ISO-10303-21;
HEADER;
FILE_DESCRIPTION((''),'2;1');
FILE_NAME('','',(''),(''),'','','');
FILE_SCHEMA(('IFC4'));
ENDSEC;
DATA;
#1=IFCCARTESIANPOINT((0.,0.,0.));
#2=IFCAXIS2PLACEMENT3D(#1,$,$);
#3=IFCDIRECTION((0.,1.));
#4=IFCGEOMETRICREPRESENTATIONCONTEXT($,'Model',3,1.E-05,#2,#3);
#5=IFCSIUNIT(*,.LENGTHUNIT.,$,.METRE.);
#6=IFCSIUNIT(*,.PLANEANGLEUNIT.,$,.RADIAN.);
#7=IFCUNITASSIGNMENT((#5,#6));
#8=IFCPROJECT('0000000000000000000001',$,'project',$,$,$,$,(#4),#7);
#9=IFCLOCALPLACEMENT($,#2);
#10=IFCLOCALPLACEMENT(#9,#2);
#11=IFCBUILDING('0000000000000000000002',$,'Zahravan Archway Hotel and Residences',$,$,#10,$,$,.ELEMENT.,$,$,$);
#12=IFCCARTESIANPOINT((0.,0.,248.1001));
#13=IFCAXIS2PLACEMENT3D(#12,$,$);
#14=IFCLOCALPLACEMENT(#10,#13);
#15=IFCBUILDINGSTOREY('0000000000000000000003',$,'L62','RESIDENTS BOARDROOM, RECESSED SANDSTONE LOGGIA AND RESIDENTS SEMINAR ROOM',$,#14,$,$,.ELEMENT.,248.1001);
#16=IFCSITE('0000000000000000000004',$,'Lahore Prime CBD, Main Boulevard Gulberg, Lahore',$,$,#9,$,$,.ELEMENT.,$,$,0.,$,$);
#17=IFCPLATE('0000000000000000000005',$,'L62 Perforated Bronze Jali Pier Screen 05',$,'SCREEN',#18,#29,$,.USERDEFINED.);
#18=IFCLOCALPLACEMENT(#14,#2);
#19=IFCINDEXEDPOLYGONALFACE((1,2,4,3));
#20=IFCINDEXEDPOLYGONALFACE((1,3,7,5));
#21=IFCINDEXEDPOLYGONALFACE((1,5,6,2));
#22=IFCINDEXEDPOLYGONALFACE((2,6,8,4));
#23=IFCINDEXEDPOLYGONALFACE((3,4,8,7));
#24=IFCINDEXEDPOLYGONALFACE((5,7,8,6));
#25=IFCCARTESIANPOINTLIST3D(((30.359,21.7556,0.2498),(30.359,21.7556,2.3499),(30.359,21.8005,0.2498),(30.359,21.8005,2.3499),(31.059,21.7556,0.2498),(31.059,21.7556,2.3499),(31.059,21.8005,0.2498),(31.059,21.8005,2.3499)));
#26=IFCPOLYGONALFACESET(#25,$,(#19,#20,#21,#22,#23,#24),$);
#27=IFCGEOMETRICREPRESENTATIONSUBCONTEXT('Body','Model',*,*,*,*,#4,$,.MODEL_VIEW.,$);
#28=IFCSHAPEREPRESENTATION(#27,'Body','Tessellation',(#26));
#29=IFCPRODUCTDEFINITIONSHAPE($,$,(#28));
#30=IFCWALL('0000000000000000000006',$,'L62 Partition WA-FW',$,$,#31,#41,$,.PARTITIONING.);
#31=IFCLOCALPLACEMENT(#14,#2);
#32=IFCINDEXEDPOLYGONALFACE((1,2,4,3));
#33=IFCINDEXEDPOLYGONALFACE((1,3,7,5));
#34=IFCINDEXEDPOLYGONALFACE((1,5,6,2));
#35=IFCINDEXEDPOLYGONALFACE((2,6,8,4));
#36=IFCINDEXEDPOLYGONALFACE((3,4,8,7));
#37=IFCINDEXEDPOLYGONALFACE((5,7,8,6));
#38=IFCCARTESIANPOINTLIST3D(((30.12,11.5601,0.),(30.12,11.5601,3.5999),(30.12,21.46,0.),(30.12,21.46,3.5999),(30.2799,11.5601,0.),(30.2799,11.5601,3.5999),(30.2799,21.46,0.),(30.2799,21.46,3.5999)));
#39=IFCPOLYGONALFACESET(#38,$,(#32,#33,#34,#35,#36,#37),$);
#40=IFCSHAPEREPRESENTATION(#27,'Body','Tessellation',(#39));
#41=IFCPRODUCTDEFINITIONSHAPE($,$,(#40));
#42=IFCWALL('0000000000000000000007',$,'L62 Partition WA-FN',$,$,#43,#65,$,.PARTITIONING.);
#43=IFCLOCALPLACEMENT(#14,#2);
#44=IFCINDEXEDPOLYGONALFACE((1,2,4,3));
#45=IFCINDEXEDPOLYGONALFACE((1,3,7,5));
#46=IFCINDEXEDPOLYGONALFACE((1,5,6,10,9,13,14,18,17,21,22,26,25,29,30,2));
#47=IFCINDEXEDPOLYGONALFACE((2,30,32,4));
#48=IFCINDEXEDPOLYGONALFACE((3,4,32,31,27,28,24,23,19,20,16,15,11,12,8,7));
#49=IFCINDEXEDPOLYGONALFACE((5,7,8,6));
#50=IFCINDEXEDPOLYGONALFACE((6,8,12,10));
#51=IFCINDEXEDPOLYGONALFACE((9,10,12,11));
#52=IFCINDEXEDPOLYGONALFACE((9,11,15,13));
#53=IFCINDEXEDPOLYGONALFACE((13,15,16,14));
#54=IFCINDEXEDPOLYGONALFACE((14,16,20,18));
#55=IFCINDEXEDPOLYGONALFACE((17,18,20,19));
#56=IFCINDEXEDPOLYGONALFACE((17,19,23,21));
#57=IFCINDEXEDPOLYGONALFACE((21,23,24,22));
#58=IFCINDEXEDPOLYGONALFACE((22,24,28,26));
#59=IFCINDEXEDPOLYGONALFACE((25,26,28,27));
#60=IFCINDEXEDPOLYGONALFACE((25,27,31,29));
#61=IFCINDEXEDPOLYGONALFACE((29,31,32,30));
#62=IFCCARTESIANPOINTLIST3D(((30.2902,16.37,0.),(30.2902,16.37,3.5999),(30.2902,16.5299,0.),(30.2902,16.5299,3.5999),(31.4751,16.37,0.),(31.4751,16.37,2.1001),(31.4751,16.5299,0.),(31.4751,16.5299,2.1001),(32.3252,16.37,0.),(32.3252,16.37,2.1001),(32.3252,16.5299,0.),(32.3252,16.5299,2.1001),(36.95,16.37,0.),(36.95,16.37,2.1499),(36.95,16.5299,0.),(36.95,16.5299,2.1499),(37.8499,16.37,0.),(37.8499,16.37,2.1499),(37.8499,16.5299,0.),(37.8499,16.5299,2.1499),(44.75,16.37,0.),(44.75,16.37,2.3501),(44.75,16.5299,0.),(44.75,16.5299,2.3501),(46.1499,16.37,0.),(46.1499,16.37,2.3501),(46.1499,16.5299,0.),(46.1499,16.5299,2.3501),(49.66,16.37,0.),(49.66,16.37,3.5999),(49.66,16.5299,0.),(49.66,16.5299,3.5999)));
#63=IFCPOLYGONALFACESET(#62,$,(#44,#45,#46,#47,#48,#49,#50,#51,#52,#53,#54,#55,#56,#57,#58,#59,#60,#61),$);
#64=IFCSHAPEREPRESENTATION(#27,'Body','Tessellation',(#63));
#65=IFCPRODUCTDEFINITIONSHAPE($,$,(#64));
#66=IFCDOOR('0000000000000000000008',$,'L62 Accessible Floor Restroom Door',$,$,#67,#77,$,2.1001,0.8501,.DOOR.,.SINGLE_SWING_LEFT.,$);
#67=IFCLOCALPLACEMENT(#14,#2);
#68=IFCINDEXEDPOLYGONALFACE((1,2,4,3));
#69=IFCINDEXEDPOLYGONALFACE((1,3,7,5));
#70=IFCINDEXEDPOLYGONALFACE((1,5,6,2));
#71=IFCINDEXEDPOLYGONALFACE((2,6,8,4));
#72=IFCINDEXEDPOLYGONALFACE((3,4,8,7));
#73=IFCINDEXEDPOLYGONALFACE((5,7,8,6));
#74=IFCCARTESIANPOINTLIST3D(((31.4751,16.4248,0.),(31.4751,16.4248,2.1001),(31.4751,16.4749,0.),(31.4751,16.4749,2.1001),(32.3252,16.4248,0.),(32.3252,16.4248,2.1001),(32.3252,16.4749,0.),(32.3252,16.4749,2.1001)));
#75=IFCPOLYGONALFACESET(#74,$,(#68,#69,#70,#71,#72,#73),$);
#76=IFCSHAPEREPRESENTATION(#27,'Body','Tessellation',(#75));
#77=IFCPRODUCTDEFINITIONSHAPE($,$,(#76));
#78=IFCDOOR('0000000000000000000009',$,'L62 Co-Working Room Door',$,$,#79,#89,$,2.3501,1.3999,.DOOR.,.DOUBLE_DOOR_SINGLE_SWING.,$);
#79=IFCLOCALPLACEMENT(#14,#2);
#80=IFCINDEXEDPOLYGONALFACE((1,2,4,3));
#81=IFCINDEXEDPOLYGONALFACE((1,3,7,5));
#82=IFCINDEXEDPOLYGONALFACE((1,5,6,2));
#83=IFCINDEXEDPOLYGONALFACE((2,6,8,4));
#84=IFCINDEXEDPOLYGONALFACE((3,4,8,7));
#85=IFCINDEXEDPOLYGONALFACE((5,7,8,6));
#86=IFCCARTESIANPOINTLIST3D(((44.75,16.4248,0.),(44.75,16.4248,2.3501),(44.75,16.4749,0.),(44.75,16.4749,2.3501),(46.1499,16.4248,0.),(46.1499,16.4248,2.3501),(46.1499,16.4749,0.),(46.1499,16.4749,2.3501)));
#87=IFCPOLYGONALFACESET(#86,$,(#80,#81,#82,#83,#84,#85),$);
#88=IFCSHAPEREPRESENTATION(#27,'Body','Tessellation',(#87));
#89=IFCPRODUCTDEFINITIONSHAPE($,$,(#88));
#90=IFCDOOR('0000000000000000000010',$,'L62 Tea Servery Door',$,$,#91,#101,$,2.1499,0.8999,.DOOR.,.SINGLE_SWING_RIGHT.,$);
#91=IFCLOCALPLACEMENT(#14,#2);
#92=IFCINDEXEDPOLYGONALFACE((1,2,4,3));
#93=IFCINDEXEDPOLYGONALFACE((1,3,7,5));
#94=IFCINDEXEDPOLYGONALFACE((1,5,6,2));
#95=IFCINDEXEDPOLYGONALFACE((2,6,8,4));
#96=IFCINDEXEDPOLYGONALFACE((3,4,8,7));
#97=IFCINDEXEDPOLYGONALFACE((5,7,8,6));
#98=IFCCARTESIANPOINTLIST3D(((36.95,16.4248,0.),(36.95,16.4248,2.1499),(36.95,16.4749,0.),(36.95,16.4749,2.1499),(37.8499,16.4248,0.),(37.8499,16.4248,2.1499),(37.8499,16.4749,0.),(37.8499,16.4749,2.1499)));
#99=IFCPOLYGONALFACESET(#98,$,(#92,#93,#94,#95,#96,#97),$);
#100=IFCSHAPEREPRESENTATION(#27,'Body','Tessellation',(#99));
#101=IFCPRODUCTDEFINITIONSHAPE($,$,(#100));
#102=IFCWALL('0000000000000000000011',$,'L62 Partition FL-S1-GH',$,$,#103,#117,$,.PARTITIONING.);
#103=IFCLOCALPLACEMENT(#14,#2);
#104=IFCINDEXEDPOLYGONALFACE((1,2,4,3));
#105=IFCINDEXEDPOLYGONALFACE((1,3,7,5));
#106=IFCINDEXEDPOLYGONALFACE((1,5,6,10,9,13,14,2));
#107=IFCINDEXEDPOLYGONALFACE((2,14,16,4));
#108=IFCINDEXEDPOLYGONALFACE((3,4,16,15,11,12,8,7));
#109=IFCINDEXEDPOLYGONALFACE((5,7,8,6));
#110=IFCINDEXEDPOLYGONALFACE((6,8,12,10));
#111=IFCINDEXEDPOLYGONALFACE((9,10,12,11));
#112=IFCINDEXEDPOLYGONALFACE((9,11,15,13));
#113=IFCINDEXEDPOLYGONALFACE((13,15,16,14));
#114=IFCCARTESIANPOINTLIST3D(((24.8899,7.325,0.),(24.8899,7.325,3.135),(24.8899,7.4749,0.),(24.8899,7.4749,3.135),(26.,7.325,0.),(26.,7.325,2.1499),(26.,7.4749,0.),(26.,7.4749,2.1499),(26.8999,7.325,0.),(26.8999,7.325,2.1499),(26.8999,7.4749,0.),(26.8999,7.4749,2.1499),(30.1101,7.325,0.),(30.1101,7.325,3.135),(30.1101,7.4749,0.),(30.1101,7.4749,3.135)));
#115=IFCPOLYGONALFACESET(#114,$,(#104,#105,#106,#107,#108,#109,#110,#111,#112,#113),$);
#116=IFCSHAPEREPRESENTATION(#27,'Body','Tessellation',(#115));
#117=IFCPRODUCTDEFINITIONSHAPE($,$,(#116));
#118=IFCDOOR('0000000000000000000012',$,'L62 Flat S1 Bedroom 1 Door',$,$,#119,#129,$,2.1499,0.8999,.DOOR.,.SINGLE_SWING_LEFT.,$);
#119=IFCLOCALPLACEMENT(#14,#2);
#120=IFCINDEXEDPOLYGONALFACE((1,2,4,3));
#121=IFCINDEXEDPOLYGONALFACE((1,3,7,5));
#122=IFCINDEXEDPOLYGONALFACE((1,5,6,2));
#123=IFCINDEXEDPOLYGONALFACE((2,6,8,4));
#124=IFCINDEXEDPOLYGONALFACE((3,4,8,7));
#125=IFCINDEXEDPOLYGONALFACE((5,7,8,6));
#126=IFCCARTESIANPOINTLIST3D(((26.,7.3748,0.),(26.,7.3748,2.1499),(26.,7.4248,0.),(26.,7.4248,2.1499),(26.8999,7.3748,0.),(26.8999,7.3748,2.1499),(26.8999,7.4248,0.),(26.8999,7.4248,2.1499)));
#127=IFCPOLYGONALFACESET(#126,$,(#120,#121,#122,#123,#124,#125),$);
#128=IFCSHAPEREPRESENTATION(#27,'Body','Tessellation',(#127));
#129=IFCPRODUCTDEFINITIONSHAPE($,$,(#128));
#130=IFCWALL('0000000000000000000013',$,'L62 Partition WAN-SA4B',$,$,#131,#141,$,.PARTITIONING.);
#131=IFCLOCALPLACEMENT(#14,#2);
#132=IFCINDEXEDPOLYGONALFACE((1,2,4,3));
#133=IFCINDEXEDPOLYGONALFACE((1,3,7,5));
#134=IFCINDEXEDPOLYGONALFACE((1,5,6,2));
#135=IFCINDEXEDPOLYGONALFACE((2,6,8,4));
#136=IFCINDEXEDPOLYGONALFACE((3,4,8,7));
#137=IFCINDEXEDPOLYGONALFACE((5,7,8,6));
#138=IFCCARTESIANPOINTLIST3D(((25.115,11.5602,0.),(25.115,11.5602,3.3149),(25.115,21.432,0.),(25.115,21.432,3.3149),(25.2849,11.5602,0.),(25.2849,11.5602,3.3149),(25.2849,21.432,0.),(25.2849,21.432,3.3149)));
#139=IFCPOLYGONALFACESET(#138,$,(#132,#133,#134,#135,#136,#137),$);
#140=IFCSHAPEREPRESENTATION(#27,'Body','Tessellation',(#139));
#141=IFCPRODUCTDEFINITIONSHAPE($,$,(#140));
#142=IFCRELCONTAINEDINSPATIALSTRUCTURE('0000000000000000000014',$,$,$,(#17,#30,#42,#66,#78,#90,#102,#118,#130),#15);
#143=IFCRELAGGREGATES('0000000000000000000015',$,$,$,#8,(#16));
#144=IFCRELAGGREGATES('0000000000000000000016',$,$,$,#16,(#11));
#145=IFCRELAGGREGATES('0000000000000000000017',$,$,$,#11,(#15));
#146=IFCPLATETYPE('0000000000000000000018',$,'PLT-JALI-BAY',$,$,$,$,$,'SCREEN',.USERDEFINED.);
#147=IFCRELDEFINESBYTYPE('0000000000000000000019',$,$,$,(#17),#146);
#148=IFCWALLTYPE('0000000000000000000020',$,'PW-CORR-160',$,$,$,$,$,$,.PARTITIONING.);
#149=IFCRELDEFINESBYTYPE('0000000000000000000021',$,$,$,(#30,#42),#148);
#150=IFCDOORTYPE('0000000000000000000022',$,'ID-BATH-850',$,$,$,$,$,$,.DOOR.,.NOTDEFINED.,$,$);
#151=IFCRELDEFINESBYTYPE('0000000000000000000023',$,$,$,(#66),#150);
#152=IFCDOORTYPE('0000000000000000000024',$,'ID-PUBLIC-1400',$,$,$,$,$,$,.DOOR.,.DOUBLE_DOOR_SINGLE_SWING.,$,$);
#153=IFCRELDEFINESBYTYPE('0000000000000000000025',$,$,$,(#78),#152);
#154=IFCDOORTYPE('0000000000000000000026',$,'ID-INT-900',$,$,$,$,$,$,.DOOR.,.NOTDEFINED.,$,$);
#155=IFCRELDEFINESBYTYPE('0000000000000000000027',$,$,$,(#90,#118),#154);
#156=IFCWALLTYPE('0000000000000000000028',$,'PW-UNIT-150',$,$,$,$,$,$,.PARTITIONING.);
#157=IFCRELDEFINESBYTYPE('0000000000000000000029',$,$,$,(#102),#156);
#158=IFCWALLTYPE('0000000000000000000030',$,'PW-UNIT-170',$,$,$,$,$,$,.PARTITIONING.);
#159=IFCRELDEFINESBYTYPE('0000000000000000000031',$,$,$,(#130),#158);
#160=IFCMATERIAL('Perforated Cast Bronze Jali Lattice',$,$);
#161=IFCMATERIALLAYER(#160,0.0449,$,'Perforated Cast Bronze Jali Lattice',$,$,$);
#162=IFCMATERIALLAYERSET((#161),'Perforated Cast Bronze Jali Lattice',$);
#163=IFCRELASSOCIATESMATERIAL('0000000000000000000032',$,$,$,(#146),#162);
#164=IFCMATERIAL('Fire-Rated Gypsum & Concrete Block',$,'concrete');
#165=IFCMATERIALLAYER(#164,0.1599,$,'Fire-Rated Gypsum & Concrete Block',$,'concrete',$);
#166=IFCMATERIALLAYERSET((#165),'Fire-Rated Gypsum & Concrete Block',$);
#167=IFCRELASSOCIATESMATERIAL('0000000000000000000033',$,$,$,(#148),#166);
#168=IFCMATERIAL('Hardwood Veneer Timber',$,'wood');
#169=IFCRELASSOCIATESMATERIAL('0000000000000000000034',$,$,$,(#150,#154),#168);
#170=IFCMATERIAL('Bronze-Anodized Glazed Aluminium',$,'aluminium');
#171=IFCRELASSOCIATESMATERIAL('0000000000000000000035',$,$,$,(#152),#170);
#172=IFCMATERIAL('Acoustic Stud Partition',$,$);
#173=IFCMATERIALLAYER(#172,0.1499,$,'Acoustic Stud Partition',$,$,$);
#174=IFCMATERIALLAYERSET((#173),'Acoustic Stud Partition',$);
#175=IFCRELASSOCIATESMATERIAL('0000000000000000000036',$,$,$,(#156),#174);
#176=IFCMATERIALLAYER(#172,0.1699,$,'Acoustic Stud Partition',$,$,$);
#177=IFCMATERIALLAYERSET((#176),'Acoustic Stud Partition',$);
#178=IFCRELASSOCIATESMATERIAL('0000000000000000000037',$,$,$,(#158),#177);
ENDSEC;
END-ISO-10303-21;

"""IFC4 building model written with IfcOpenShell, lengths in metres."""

from ifc_helpers import new_model, si_unit, direction, frame, frame_2d, origin, origin_2d, place, context, subcontext, project, spatial, rectangle, extrude, source, transform, mapped, material, layer, layer_set, type_object, type_shapes, element, fill, save


model = new_model("IFC4")

# Units and contexts
model_context = context("Model", 3, precision=1e-05, world=origin(), true_north=direction((0.0, 1.0)))
body_context = subcontext(model_context, "Body", "Model", "MODEL_VIEW")
ifc_project = project(units=[si_unit("LENGTHUNIT", "METRE"), si_unit("PLANEANGLEUNIT", "RADIAN")], contexts=[model_context])

# Site, building, storey
site_placement = place(None, origin())
site = spatial("IfcSite", under=ifc_project, at=site_placement, Name="Lahore Prime CBD, Main Boulevard Gulberg, Lahore", CompositionType="ELEMENT", RefElevation=0.0)
building_placement = place(site_placement, origin())
building = spatial("IfcBuilding", under=site, at=building_placement, Name="Zahravan Archway Hotel and Residences", CompositionType="ELEMENT")
storey_placement = place(building_placement, frame((0.0, 0.0, 248.1001)))
storey = spatial("IfcBuildingStorey", under=building, at=storey_placement, Name="L62", Description="RESIDENTS BOARDROOM, RECESSED SANDSTONE LOGGIA AND RESIDENTS SEMINAR ROOM", CompositionType="ELEMENT", Elevation=248.1001)

# Plate
ifc_material_1 = material(Name="Perforated Cast Bronze Jali Lattice")
ifc_layer_1 = layer(ifc_material_1, 0.0449, Name="Perforated Cast Bronze Jali Lattice")
ifc_layer_set_1 = layer_set([ifc_layer_1], Name="Perforated Cast Bronze Jali Lattice")
plate_type = type_object("IfcPlateType", Name="PLT-JALI-BAY", ElementType="SCREEN", PredefinedType="USERDEFINED", material=ifc_layer_set_1)
shared_shape_1 = source(origin(), body_context, "Body", "SweptSolid", [
    extrude(rectangle(XDim=0.7, YDim=0.0449, at=origin_2d()), origin(), (0.0, 0.0, 1.0), 2.1001),
])
type_shapes(plate_type, [shared_shape_1])
plate_placement = place(storey_placement, frame((30.709, 21.7781, 0.2498), z_axis=(0.0, 0.0, 1.0), x_axis=(1.0, 0.0, 0.0)))
element("IfcPlate", 1, at=plate_placement, inside=storey, type_object=plate_type, Name="L62 Perforated Bronze Jali Pier Screen 05", ObjectType="SCREEN", PredefinedType="USERDEFINED", context=body_context, shape_type="MappedRepresentation", body=[
    mapped(shared_shape_1, transform((0.0, 0.0, 0.0), scale=1.0)),
])

# Wall
ifc_material_2 = material(Name="Fire-Rated Gypsum & Concrete Block", Category="concrete")
ifc_layer_2 = layer(ifc_material_2, 0.1599, Name="Fire-Rated Gypsum & Concrete Block", Category="concrete")
ifc_layer_set_2 = layer_set([ifc_layer_2], Name="Fire-Rated Gypsum & Concrete Block")
wall_type_1 = type_object("IfcWallType", Name="PW-CORR-160", PredefinedType="PARTITIONING", material=ifc_layer_set_2)
wall_1_placement = place(storey_placement, frame((30.2, 11.5601, 0.0), z_axis=(0.0, 0.0, 1.0), x_axis=(0.0, 1.0, 0.0)))
element("IfcWall", 2, at=wall_1_placement, inside=storey, type_object=wall_type_1, Name="L62 Partition WA-FW", PredefinedType="PARTITIONING", context=body_context, shape_type="SweptSolid", body=[
    extrude(rectangle(XDim=9.8999, YDim=0.1599, at=frame_2d((4.95, 0.0))), origin(), (0.0, 0.0, 1.0), 3.5999),
])

# Wall, openings, doors
wall_2_placement = place(storey_placement, frame((30.29, 16.45, 0.0), z_axis=(0.0, 0.0, 1.0), x_axis=(1.0, 0.0, 0.0)))
wall_2 = element("IfcWall", 3, at=wall_2_placement, inside=storey, type_object=wall_type_1, Name="L62 Partition WA-FN", PredefinedType="PARTITIONING", context=body_context, shape_type="SweptSolid", body=[
    extrude(rectangle(XDim=19.3699, YDim=0.1599, at=frame_2d((9.6851, 0.0))), origin(), (0.0, 0.0, 1.0), 3.5999),
])
opening_1_placement = place(wall_2_placement, frame((1.1851, 0.0, 0.0)))
opening_1 = element("IfcOpeningElement", 4, at=opening_1_placement, cuts=wall_2, PredefinedType="OPENING", context=body_context, shape_type="SweptSolid", body=[
    extrude(rectangle(XDim=0.8501, YDim=2.1001, at=frame_2d((0.425, 1.05))), frame((0.0, 0.0898, 0.0), z_axis=(0.0, -1.0, 0.0), x_axis=(1.0, 0.0, 0.0)), (0.0, 0.0, 1.0), 0.1799),
])
opening_2_placement = place(wall_2_placement, frame((6.6599, 0.0, 0.0)))
opening_2 = element("IfcOpeningElement", 5, at=opening_2_placement, cuts=wall_2, PredefinedType="OPENING", context=body_context, shape_type="SweptSolid", body=[
    extrude(rectangle(XDim=0.8999, YDim=2.1499, at=frame_2d((0.45, 1.075))), frame((0.0, 0.0898, 0.0), z_axis=(0.0, -1.0, 0.0), x_axis=(1.0, 0.0, 0.0)), (0.0, 0.0, 1.0), 0.1799),
])
opening_3_placement = place(wall_2_placement, frame((14.46, 0.0, 0.0)))
opening_3 = element("IfcOpeningElement", 6, at=opening_3_placement, cuts=wall_2, PredefinedType="OPENING", context=body_context, shape_type="SweptSolid", body=[
    extrude(rectangle(XDim=1.3999, YDim=2.3501, at=frame_2d((0.7, 1.175))), frame((0.0, 0.0898, 0.0), z_axis=(0.0, -1.0, 0.0), x_axis=(1.0, 0.0, 0.0)), (0.0, 0.0, 1.0), 0.1799),
])
ifc_material_3 = material(Name="Hardwood Veneer Timber", Category="wood")
door_type_1 = type_object("IfcDoorType", Name="ID-BATH-850", OperationType="NOTDEFINED", PredefinedType="DOOR", material=ifc_material_3)
shared_shape_2 = source(origin(), body_context, "Body", "SweptSolid", [
    extrude(rectangle(XDim=0.8501, YDim=2.1001, at=frame_2d((0.425, 1.05))), frame((0.0, 0.0249, 0.0), z_axis=(0.0, -1.0, 0.0), x_axis=(1.0, 0.0, 0.0)), (0.0, 0.0, 1.0), 0.05),
])
type_shapes(door_type_1, [shared_shape_2])
door_1_placement = place(opening_1_placement, origin())
door_1 = element("IfcDoor", 7, at=door_1_placement, inside=storey, type_object=door_type_1, Name="L62 Accessible Floor Restroom Door", OperationType="SINGLE_SWING_LEFT", OverallHeight=2.1001, OverallWidth=0.8501, PredefinedType="DOOR", context=body_context, shape_type="MappedRepresentation", body=[
    mapped(shared_shape_2, transform((0.0, 0.0, 0.0), scale=1.0)),
])
fill(opening_1, door_1)
ifc_material_4 = material(Name="Bronze-Anodized Glazed Aluminium", Category="aluminium")
door_type_2 = type_object("IfcDoorType", Name="ID-PUBLIC-1400", OperationType="DOUBLE_DOOR_SINGLE_SWING", PredefinedType="DOOR", material=ifc_material_4)
shared_shape_3 = source(origin(), body_context, "Body", "SweptSolid", [
    extrude(rectangle(XDim=1.3999, YDim=2.3501, at=frame_2d((0.7, 1.175))), frame((0.0, 0.0249, 0.0), z_axis=(0.0, -1.0, 0.0), x_axis=(1.0, 0.0, 0.0)), (0.0, 0.0, 1.0), 0.05),
])
type_shapes(door_type_2, [shared_shape_3])
door_2_placement = place(opening_3_placement, origin())
door_2 = element("IfcDoor", 8, at=door_2_placement, inside=storey, type_object=door_type_2, Name="L62 Co-Working Room Door", OperationType="DOUBLE_DOOR_SINGLE_SWING", OverallHeight=2.3501, OverallWidth=1.3999, PredefinedType="DOOR", context=body_context, shape_type="MappedRepresentation", body=[
    mapped(shared_shape_3, transform((0.0, 0.0, 0.0), scale=1.0)),
])
fill(opening_3, door_2)
door_type_3 = type_object("IfcDoorType", Name="ID-INT-900", OperationType="NOTDEFINED", PredefinedType="DOOR", material=ifc_material_3)
shared_shape_4 = source(origin(), body_context, "Body", "SweptSolid", [
    extrude(rectangle(XDim=0.8999, YDim=2.1499, at=frame_2d((0.45, 1.075))), frame((0.0, 0.0249, 0.0), z_axis=(0.0, -1.0, 0.0), x_axis=(1.0, 0.0, 0.0)), (0.0, 0.0, 1.0), 0.05),
])
type_shapes(door_type_3, [shared_shape_4])
door_3_placement = place(opening_2_placement, origin())
door_3 = element("IfcDoor", 9, at=door_3_placement, inside=storey, type_object=door_type_3, Name="L62 Tea Servery Door", OperationType="SINGLE_SWING_RIGHT", OverallHeight=2.1499, OverallWidth=0.8999, PredefinedType="DOOR", context=body_context, shape_type="MappedRepresentation", body=[
    mapped(shared_shape_4, transform((0.0, 0.0, 0.0), scale=1.0)),
])
fill(opening_2, door_3)

# Wall, opening, door
ifc_material_5 = material(Name="Acoustic Stud Partition")
ifc_layer_3 = layer(ifc_material_5, 0.1499, Name="Acoustic Stud Partition")
ifc_layer_set_3 = layer_set([ifc_layer_3], Name="Acoustic Stud Partition")
wall_type_2 = type_object("IfcWallType", Name="PW-UNIT-150", PredefinedType="PARTITIONING", material=ifc_layer_set_3)
wall_3_placement = place(storey_placement, frame((24.8899, 7.3999, 0.0), z_axis=(0.0, 0.0, 1.0), x_axis=(1.0, 0.0, 0.0)))
wall_3 = element("IfcWall", 10, at=wall_3_placement, inside=storey, type_object=wall_type_2, Name="L62 Partition FL-S1-GH", PredefinedType="PARTITIONING", context=body_context, shape_type="SweptSolid", body=[
    extrude(rectangle(XDim=5.2202, YDim=0.1499, at=frame_2d((2.6101, 0.0))), origin(), (0.0, 0.0, 1.0), 3.135),
])
opening_4_placement = place(wall_3_placement, frame((1.1101, 0.0, 0.0)))
opening_4 = element("IfcOpeningElement", 11, at=opening_4_placement, cuts=wall_3, PredefinedType="OPENING", context=body_context, shape_type="SweptSolid", body=[
    extrude(rectangle(XDim=0.8999, YDim=2.1499, at=frame_2d((0.45, 1.075))), frame((0.0, 0.085, 0.0), z_axis=(0.0, -1.0, 0.0), x_axis=(1.0, 0.0, 0.0)), (0.0, 0.0, 1.0), 0.1699),
])
door_4_placement = place(opening_4_placement, origin())
door_4 = element("IfcDoor", 12, at=door_4_placement, inside=storey, type_object=door_type_3, Name="L62 Flat S1 Bedroom 1 Door", OperationType="SINGLE_SWING_LEFT", OverallHeight=2.1499, OverallWidth=0.8999, PredefinedType="DOOR", context=body_context, shape_type="MappedRepresentation", body=[
    mapped(shared_shape_4, transform((0.0, 0.0, 0.0), scale=1.0)),
])
fill(opening_4, door_4)

# Wall
ifc_layer_4 = layer(ifc_material_5, 0.1699, Name="Acoustic Stud Partition")
ifc_layer_set_4 = layer_set([ifc_layer_4], Name="Acoustic Stud Partition")
wall_type_3 = type_object("IfcWallType", Name="PW-UNIT-170", PredefinedType="PARTITIONING", material=ifc_layer_set_4)
wall_4_placement = place(storey_placement, frame((25.2, 11.5601, 0.0), z_axis=(0.0, 0.0, 1.0), x_axis=(0.0, 1.0, 0.0)))
element("IfcWall", 13, at=wall_4_placement, inside=storey, type_object=wall_type_3, Name="L62 Partition WAN-SA4B", PredefinedType="PARTITIONING", context=body_context, shape_type="SweptSolid", body=[
    extrude(rectangle(XDim=9.8718, YDim=0.1699, at=frame_2d((4.936, 0.0))), origin(), (0.0, 0.0, 1.0), 3.3149),
])

save(model, "model.ifc")
